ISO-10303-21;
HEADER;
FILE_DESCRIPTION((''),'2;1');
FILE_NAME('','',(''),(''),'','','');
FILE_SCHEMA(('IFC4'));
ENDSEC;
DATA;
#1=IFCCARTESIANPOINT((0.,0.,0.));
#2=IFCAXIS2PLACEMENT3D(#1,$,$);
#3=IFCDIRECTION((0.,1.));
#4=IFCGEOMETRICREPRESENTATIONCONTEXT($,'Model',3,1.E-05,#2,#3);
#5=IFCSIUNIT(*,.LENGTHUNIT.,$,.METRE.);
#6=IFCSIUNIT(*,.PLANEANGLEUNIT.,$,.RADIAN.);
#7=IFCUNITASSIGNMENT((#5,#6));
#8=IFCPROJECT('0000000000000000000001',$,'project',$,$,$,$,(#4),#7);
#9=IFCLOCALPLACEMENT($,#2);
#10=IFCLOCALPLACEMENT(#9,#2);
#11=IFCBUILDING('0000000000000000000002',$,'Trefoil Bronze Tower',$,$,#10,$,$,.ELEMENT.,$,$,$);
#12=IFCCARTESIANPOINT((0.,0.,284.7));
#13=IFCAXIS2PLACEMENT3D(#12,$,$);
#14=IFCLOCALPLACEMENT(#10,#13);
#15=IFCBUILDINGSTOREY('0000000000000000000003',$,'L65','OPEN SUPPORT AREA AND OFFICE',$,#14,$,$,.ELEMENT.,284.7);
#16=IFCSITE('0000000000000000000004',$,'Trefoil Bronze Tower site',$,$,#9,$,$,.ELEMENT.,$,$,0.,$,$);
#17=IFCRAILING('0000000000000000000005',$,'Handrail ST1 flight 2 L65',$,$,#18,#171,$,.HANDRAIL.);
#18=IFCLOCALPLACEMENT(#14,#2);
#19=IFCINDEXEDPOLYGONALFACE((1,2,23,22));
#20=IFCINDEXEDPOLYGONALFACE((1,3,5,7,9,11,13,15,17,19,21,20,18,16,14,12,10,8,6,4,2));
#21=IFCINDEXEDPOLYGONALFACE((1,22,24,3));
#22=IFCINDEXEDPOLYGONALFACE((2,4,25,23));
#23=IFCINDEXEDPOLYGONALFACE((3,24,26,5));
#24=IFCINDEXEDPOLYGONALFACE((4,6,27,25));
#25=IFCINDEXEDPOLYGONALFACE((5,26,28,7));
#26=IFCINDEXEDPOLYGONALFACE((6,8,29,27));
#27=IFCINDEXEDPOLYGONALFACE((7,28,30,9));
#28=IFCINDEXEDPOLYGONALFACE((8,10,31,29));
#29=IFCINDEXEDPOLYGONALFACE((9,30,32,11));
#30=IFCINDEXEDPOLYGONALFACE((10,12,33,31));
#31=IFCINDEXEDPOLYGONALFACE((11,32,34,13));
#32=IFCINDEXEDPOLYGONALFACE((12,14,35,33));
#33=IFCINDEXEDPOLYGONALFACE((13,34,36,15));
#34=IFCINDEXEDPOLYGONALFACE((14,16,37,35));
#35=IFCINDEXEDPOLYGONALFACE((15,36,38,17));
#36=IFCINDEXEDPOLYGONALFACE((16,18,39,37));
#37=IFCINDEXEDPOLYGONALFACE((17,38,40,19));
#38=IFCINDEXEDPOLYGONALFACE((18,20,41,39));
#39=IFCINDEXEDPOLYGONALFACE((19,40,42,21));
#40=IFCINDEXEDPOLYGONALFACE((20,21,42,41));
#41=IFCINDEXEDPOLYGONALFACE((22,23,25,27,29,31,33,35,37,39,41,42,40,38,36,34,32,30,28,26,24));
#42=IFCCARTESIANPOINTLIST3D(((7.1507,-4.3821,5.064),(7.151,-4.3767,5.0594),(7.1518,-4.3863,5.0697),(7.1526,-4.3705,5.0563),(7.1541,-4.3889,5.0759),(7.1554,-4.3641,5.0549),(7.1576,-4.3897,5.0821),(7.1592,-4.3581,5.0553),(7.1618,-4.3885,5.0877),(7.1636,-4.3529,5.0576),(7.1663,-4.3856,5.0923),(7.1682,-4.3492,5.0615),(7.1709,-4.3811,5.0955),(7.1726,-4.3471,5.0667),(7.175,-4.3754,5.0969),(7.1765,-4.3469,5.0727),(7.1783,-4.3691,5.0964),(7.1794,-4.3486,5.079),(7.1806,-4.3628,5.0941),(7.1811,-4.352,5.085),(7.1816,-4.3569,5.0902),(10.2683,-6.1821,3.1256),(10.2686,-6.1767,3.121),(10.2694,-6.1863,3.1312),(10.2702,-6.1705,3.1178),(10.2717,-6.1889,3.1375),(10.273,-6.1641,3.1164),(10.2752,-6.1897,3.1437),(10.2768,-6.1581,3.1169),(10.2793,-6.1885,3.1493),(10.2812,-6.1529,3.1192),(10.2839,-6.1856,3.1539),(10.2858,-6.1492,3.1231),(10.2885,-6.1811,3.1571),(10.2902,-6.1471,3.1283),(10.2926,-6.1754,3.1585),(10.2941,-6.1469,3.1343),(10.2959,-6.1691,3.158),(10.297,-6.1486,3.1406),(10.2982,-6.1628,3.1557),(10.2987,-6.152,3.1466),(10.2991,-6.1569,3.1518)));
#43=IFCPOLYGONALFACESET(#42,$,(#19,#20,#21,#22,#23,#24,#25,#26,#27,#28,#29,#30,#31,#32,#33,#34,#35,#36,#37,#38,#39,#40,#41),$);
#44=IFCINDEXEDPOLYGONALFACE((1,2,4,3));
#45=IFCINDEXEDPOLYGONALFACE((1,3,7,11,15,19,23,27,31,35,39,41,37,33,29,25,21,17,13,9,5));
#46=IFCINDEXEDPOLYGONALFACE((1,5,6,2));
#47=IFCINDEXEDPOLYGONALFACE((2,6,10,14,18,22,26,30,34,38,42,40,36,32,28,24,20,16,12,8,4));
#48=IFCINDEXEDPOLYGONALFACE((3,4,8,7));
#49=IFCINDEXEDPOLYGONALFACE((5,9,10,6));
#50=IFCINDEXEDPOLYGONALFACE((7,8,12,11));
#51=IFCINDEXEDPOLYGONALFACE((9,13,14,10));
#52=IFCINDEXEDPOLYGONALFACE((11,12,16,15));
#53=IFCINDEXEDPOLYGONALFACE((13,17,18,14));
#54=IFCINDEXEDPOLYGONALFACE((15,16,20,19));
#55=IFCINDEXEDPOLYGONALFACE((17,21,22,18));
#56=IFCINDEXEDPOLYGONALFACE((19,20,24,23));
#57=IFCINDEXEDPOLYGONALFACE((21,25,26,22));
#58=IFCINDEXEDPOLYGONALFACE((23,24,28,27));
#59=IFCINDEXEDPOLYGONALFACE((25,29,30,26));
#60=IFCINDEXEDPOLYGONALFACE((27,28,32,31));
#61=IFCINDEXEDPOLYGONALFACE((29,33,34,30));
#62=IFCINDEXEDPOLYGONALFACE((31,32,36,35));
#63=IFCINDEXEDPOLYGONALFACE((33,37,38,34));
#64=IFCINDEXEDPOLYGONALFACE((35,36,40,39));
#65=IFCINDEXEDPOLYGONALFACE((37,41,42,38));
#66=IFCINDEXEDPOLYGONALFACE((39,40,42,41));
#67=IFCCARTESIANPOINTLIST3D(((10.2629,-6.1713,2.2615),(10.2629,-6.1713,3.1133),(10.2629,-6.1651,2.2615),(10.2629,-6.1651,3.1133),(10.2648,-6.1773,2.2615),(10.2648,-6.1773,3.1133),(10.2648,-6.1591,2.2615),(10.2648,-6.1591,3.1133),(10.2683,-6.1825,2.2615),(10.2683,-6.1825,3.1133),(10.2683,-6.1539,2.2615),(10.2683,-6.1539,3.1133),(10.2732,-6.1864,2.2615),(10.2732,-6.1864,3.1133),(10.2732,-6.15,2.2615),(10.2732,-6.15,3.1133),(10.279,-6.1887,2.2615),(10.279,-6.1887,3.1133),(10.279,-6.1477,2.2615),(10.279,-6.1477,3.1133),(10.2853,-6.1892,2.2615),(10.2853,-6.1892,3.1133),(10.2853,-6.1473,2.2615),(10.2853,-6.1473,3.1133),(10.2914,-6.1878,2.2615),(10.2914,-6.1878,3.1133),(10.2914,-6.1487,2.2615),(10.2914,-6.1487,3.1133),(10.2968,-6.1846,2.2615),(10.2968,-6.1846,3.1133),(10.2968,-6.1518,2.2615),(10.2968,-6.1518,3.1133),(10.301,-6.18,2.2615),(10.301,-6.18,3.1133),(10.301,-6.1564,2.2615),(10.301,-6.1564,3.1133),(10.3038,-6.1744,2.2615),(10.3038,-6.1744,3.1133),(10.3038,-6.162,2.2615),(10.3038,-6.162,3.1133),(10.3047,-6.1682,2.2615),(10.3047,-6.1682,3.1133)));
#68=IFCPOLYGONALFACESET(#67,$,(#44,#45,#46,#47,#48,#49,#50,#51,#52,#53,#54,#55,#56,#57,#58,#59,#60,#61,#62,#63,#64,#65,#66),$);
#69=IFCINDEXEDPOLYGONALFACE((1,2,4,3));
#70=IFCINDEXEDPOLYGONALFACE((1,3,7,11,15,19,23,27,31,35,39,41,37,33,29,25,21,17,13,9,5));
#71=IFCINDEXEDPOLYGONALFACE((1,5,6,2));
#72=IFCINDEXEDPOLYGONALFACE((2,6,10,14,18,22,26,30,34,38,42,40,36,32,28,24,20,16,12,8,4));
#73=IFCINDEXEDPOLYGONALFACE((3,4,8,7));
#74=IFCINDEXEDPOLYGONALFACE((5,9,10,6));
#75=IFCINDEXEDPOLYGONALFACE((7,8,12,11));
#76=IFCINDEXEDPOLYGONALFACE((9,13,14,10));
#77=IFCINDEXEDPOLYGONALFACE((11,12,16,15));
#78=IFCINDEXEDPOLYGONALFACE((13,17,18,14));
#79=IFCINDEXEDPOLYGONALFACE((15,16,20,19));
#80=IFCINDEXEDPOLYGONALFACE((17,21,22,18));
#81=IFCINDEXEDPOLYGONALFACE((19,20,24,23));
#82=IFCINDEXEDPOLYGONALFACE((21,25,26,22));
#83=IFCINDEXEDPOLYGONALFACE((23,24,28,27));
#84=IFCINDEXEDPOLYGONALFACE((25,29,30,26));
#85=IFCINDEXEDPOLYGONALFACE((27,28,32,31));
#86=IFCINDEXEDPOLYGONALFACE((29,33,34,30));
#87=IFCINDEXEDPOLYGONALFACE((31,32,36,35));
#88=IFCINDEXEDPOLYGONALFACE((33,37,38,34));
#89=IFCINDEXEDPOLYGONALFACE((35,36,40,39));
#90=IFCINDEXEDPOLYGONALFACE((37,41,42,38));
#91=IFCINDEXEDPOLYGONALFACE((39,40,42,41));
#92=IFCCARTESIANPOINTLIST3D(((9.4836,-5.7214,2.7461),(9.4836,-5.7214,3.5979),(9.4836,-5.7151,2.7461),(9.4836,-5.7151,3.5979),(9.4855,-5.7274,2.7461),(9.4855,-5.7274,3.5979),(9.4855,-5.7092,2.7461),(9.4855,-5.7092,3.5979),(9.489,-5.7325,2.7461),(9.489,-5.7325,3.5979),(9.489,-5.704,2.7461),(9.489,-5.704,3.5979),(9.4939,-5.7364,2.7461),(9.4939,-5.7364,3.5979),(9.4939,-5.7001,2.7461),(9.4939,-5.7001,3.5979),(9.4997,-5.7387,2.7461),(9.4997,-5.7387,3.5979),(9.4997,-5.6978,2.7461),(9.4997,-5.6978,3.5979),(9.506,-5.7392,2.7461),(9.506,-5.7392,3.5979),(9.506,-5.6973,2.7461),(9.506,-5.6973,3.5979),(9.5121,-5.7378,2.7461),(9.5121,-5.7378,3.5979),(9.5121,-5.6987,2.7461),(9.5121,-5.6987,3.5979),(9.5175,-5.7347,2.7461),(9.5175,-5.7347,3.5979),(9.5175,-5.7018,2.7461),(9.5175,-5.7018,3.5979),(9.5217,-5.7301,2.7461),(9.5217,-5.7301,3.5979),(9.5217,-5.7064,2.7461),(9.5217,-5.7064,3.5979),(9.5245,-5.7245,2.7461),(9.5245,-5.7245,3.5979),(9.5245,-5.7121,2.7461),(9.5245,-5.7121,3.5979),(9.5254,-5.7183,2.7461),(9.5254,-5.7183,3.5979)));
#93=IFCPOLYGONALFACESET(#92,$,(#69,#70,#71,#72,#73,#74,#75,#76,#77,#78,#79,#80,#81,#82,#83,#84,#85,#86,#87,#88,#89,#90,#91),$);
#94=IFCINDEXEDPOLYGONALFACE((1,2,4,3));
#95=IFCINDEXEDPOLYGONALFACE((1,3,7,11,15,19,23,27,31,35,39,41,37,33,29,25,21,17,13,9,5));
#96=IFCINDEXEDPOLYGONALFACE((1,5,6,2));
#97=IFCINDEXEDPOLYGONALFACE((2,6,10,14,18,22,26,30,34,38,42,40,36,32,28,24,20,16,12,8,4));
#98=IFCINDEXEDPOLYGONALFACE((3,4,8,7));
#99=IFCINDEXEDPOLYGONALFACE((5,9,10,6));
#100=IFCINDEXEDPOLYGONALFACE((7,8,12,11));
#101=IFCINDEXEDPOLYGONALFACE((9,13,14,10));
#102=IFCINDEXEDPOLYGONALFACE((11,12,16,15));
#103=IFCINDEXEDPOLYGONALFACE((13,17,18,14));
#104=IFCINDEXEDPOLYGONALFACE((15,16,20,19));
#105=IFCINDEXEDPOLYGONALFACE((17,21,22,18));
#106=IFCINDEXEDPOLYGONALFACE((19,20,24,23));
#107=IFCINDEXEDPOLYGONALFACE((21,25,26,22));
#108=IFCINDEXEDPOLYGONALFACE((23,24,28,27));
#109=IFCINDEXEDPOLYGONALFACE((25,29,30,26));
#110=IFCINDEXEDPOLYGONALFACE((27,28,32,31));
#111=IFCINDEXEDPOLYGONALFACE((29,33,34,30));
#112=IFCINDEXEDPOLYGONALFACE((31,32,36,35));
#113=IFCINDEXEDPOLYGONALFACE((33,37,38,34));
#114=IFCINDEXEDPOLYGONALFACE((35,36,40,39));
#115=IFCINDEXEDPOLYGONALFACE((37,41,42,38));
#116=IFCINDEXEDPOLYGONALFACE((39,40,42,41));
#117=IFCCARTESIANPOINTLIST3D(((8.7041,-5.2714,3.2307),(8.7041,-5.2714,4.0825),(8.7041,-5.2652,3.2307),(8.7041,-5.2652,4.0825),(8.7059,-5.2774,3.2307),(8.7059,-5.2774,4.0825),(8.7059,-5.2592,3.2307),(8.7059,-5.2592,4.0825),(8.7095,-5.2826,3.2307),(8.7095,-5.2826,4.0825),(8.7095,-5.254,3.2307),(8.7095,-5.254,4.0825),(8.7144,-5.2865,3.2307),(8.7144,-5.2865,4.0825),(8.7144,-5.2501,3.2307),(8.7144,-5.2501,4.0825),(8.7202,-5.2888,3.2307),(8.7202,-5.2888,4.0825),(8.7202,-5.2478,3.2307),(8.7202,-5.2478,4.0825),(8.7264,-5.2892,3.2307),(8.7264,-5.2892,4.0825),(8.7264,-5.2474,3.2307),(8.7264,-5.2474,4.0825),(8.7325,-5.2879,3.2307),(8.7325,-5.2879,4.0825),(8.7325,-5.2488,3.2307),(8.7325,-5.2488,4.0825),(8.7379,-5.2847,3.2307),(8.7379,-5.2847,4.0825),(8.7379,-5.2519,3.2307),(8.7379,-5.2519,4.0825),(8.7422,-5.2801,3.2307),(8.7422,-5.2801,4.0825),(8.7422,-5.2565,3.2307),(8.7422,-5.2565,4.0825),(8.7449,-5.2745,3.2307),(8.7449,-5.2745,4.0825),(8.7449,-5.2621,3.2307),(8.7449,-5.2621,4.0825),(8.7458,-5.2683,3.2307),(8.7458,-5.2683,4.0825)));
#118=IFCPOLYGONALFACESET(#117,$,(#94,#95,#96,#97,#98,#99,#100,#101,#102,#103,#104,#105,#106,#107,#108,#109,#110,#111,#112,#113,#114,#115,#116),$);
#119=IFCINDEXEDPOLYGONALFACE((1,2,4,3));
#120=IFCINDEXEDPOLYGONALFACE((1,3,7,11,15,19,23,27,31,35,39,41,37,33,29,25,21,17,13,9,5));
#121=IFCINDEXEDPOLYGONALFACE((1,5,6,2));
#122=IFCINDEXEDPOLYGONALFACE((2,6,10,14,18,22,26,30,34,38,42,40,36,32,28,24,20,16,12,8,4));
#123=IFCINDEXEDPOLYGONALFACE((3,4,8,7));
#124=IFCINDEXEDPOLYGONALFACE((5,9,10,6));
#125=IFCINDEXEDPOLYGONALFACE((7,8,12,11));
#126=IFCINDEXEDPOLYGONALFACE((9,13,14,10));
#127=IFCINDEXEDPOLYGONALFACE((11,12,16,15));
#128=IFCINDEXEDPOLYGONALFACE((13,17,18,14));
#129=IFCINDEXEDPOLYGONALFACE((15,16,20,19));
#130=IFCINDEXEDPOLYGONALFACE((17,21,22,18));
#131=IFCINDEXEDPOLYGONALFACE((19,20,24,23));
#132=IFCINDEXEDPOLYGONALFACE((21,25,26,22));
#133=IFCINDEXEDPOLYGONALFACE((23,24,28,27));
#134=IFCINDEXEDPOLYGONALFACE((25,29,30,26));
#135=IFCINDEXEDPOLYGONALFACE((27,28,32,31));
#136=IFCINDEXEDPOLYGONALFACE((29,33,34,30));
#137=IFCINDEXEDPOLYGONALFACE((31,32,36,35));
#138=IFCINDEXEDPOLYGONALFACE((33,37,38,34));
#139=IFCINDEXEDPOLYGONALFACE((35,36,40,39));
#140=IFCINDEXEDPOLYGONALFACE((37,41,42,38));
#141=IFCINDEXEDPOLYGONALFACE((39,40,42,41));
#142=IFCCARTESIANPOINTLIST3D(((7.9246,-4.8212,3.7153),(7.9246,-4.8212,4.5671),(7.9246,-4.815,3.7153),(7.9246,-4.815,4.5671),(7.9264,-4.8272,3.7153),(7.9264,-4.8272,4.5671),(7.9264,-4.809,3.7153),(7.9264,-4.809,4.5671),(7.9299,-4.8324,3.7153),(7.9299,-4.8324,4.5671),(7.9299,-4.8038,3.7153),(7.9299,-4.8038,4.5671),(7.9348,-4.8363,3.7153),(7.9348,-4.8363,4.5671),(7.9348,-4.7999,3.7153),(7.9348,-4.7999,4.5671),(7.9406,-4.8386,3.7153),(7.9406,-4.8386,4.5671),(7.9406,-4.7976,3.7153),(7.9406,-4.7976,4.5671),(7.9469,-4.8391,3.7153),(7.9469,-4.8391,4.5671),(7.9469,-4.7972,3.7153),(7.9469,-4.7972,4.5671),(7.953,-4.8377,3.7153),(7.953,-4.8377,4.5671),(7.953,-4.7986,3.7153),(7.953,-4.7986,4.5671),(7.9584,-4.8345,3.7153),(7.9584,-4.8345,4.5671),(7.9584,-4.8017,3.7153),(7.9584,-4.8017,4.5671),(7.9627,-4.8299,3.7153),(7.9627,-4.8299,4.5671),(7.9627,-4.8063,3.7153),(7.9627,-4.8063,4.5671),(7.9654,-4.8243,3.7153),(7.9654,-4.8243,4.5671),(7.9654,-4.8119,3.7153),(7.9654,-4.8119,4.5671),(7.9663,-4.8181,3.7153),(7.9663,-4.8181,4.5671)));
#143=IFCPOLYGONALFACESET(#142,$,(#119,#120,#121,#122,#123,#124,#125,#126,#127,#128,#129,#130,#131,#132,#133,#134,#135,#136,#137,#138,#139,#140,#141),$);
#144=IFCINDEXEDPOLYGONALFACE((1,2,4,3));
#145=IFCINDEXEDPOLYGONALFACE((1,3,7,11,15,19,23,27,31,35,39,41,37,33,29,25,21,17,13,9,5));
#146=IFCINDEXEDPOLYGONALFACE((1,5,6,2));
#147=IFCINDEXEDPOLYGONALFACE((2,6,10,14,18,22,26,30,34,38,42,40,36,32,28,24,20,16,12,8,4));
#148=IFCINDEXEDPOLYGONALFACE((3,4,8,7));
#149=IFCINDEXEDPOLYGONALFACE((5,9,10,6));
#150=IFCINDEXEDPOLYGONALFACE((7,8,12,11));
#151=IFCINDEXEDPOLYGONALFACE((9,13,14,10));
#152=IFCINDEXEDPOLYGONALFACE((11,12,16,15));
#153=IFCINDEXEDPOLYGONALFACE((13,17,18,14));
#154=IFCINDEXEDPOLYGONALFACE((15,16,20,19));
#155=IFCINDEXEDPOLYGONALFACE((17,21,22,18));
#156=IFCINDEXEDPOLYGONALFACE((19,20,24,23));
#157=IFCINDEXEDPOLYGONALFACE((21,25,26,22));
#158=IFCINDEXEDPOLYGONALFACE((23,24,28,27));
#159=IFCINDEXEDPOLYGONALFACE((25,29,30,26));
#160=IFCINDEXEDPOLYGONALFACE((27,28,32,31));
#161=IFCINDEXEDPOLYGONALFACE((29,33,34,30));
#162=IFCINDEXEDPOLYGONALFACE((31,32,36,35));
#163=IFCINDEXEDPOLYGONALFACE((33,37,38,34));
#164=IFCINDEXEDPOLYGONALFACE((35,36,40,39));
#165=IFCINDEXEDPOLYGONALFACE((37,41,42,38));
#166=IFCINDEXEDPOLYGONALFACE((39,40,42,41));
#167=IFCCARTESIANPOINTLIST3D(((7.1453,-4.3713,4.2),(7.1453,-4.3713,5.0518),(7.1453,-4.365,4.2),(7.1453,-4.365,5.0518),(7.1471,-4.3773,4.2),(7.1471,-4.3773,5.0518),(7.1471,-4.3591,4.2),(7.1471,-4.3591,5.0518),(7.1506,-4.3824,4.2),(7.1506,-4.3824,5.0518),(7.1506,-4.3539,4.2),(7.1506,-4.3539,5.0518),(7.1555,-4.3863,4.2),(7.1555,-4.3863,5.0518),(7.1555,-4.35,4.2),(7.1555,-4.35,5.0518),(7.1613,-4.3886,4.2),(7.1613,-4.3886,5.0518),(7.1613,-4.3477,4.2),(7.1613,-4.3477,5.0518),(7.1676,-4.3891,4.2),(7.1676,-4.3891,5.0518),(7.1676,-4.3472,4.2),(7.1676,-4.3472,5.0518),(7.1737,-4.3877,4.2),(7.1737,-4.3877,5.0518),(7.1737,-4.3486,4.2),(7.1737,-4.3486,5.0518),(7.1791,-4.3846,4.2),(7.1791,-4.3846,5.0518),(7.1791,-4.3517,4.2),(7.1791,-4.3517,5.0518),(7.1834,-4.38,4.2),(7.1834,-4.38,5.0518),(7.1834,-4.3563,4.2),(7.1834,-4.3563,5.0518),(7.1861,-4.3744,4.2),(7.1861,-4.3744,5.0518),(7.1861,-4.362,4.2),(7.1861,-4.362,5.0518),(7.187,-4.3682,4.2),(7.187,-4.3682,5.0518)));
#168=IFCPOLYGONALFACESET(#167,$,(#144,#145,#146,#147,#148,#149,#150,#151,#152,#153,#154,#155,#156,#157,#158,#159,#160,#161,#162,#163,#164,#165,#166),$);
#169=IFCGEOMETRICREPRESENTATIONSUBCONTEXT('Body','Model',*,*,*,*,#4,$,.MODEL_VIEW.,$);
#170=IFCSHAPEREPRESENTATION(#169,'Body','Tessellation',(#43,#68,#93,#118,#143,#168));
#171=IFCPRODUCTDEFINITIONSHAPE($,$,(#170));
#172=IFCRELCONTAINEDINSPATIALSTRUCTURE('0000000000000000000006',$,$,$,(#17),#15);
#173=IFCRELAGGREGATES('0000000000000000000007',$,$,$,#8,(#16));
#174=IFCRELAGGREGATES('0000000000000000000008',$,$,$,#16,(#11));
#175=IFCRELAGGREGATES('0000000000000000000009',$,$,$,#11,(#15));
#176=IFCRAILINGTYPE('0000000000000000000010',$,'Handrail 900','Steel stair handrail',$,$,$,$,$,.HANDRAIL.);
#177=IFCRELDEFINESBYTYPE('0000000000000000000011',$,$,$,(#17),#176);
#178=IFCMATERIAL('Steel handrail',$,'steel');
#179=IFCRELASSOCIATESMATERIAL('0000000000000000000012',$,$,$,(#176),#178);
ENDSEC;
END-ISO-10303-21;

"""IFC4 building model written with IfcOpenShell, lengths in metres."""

from ifc_helpers import new_model, si_unit, direction, frame, origin, origin_2d, place, context, subcontext, project, spatial, circle, extrude, material, type_object, element, save


model = new_model("IFC4")

# Units and contexts
model_context = context("Model", 3, precision=1e-05, world=origin(), true_north=direction((0.0, 1.0)))
body_context = subcontext(model_context, "Body", "Model", "MODEL_VIEW")
ifc_project = project(units=[si_unit("LENGTHUNIT", "METRE"), si_unit("PLANEANGLEUNIT", "RADIAN")], contexts=[model_context])

# Site, building, storey
site_placement = place(None, origin())
site = spatial("IfcSite", under=ifc_project, at=site_placement, Name="Trefoil Bronze Tower site", CompositionType="ELEMENT", RefElevation=0.0)
building_placement = place(site_placement, origin())
building = spatial("IfcBuilding", under=site, at=building_placement, Name="Trefoil Bronze Tower", CompositionType="ELEMENT")
storey_placement = place(building_placement, frame((0.0, 0.0, 284.7)))
storey = spatial("IfcBuildingStorey", under=building, at=storey_placement, Name="L65", Description="OPEN SUPPORT AREA AND OFFICE", CompositionType="ELEMENT", Elevation=284.7)

# Railing
ifc_material_1 = material(Name="Steel handrail", Category="steel")
railing_type = type_object("IfcRailingType", Name="Handrail 900", Description="Steel stair handrail", PredefinedType="HANDRAIL", material=ifc_material_1)
railing_1_placement = place(storey_placement, frame((10.2837, -6.1682, 2.2615)))
element("IfcRailing", 1, at=railing_1_placement, inside=storey, type_object=railing_type, Name="Handrail ST1 flight 2 L65", PredefinedType="HANDRAIL", context=body_context, shape_type="SweptSolid", body=[
    extrude(circle(Radius=0.0239, at=origin_2d()), frame((0.0, 0.0, 0.876), z_axis=(-0.762503, 0.440246, 0.474102), x_axis=(-0.500012, -0.866018, 0.0)), (0.0, 0.0, 1.0), 4.0886),
    extrude(circle(Radius=0.021, at=origin_2d()), origin(), (0.0, 0.0, 1.0), 0.8518),
    extrude(circle(Radius=0.021, at=origin_2d()), frame((-0.7793, 0.45, 0.4846)), (0.0, 0.0, 1.0), 0.8518),
    extrude(circle(Radius=0.021, at=origin_2d()), frame((-1.5588, 0.8999, 0.9692)), (0.0, 0.0, 1.0), 0.8518),
    extrude(circle(Radius=0.021, at=origin_2d()), frame((-2.3384, 1.3501, 1.4539)), (0.0, 0.0, 1.0), 0.8518),
    extrude(circle(Radius=0.021, at=origin_2d()), frame((-3.1177, 1.8, 1.9385)), (0.0, 0.0, 1.0), 0.8518),
])

save(model, "model.ifc")
